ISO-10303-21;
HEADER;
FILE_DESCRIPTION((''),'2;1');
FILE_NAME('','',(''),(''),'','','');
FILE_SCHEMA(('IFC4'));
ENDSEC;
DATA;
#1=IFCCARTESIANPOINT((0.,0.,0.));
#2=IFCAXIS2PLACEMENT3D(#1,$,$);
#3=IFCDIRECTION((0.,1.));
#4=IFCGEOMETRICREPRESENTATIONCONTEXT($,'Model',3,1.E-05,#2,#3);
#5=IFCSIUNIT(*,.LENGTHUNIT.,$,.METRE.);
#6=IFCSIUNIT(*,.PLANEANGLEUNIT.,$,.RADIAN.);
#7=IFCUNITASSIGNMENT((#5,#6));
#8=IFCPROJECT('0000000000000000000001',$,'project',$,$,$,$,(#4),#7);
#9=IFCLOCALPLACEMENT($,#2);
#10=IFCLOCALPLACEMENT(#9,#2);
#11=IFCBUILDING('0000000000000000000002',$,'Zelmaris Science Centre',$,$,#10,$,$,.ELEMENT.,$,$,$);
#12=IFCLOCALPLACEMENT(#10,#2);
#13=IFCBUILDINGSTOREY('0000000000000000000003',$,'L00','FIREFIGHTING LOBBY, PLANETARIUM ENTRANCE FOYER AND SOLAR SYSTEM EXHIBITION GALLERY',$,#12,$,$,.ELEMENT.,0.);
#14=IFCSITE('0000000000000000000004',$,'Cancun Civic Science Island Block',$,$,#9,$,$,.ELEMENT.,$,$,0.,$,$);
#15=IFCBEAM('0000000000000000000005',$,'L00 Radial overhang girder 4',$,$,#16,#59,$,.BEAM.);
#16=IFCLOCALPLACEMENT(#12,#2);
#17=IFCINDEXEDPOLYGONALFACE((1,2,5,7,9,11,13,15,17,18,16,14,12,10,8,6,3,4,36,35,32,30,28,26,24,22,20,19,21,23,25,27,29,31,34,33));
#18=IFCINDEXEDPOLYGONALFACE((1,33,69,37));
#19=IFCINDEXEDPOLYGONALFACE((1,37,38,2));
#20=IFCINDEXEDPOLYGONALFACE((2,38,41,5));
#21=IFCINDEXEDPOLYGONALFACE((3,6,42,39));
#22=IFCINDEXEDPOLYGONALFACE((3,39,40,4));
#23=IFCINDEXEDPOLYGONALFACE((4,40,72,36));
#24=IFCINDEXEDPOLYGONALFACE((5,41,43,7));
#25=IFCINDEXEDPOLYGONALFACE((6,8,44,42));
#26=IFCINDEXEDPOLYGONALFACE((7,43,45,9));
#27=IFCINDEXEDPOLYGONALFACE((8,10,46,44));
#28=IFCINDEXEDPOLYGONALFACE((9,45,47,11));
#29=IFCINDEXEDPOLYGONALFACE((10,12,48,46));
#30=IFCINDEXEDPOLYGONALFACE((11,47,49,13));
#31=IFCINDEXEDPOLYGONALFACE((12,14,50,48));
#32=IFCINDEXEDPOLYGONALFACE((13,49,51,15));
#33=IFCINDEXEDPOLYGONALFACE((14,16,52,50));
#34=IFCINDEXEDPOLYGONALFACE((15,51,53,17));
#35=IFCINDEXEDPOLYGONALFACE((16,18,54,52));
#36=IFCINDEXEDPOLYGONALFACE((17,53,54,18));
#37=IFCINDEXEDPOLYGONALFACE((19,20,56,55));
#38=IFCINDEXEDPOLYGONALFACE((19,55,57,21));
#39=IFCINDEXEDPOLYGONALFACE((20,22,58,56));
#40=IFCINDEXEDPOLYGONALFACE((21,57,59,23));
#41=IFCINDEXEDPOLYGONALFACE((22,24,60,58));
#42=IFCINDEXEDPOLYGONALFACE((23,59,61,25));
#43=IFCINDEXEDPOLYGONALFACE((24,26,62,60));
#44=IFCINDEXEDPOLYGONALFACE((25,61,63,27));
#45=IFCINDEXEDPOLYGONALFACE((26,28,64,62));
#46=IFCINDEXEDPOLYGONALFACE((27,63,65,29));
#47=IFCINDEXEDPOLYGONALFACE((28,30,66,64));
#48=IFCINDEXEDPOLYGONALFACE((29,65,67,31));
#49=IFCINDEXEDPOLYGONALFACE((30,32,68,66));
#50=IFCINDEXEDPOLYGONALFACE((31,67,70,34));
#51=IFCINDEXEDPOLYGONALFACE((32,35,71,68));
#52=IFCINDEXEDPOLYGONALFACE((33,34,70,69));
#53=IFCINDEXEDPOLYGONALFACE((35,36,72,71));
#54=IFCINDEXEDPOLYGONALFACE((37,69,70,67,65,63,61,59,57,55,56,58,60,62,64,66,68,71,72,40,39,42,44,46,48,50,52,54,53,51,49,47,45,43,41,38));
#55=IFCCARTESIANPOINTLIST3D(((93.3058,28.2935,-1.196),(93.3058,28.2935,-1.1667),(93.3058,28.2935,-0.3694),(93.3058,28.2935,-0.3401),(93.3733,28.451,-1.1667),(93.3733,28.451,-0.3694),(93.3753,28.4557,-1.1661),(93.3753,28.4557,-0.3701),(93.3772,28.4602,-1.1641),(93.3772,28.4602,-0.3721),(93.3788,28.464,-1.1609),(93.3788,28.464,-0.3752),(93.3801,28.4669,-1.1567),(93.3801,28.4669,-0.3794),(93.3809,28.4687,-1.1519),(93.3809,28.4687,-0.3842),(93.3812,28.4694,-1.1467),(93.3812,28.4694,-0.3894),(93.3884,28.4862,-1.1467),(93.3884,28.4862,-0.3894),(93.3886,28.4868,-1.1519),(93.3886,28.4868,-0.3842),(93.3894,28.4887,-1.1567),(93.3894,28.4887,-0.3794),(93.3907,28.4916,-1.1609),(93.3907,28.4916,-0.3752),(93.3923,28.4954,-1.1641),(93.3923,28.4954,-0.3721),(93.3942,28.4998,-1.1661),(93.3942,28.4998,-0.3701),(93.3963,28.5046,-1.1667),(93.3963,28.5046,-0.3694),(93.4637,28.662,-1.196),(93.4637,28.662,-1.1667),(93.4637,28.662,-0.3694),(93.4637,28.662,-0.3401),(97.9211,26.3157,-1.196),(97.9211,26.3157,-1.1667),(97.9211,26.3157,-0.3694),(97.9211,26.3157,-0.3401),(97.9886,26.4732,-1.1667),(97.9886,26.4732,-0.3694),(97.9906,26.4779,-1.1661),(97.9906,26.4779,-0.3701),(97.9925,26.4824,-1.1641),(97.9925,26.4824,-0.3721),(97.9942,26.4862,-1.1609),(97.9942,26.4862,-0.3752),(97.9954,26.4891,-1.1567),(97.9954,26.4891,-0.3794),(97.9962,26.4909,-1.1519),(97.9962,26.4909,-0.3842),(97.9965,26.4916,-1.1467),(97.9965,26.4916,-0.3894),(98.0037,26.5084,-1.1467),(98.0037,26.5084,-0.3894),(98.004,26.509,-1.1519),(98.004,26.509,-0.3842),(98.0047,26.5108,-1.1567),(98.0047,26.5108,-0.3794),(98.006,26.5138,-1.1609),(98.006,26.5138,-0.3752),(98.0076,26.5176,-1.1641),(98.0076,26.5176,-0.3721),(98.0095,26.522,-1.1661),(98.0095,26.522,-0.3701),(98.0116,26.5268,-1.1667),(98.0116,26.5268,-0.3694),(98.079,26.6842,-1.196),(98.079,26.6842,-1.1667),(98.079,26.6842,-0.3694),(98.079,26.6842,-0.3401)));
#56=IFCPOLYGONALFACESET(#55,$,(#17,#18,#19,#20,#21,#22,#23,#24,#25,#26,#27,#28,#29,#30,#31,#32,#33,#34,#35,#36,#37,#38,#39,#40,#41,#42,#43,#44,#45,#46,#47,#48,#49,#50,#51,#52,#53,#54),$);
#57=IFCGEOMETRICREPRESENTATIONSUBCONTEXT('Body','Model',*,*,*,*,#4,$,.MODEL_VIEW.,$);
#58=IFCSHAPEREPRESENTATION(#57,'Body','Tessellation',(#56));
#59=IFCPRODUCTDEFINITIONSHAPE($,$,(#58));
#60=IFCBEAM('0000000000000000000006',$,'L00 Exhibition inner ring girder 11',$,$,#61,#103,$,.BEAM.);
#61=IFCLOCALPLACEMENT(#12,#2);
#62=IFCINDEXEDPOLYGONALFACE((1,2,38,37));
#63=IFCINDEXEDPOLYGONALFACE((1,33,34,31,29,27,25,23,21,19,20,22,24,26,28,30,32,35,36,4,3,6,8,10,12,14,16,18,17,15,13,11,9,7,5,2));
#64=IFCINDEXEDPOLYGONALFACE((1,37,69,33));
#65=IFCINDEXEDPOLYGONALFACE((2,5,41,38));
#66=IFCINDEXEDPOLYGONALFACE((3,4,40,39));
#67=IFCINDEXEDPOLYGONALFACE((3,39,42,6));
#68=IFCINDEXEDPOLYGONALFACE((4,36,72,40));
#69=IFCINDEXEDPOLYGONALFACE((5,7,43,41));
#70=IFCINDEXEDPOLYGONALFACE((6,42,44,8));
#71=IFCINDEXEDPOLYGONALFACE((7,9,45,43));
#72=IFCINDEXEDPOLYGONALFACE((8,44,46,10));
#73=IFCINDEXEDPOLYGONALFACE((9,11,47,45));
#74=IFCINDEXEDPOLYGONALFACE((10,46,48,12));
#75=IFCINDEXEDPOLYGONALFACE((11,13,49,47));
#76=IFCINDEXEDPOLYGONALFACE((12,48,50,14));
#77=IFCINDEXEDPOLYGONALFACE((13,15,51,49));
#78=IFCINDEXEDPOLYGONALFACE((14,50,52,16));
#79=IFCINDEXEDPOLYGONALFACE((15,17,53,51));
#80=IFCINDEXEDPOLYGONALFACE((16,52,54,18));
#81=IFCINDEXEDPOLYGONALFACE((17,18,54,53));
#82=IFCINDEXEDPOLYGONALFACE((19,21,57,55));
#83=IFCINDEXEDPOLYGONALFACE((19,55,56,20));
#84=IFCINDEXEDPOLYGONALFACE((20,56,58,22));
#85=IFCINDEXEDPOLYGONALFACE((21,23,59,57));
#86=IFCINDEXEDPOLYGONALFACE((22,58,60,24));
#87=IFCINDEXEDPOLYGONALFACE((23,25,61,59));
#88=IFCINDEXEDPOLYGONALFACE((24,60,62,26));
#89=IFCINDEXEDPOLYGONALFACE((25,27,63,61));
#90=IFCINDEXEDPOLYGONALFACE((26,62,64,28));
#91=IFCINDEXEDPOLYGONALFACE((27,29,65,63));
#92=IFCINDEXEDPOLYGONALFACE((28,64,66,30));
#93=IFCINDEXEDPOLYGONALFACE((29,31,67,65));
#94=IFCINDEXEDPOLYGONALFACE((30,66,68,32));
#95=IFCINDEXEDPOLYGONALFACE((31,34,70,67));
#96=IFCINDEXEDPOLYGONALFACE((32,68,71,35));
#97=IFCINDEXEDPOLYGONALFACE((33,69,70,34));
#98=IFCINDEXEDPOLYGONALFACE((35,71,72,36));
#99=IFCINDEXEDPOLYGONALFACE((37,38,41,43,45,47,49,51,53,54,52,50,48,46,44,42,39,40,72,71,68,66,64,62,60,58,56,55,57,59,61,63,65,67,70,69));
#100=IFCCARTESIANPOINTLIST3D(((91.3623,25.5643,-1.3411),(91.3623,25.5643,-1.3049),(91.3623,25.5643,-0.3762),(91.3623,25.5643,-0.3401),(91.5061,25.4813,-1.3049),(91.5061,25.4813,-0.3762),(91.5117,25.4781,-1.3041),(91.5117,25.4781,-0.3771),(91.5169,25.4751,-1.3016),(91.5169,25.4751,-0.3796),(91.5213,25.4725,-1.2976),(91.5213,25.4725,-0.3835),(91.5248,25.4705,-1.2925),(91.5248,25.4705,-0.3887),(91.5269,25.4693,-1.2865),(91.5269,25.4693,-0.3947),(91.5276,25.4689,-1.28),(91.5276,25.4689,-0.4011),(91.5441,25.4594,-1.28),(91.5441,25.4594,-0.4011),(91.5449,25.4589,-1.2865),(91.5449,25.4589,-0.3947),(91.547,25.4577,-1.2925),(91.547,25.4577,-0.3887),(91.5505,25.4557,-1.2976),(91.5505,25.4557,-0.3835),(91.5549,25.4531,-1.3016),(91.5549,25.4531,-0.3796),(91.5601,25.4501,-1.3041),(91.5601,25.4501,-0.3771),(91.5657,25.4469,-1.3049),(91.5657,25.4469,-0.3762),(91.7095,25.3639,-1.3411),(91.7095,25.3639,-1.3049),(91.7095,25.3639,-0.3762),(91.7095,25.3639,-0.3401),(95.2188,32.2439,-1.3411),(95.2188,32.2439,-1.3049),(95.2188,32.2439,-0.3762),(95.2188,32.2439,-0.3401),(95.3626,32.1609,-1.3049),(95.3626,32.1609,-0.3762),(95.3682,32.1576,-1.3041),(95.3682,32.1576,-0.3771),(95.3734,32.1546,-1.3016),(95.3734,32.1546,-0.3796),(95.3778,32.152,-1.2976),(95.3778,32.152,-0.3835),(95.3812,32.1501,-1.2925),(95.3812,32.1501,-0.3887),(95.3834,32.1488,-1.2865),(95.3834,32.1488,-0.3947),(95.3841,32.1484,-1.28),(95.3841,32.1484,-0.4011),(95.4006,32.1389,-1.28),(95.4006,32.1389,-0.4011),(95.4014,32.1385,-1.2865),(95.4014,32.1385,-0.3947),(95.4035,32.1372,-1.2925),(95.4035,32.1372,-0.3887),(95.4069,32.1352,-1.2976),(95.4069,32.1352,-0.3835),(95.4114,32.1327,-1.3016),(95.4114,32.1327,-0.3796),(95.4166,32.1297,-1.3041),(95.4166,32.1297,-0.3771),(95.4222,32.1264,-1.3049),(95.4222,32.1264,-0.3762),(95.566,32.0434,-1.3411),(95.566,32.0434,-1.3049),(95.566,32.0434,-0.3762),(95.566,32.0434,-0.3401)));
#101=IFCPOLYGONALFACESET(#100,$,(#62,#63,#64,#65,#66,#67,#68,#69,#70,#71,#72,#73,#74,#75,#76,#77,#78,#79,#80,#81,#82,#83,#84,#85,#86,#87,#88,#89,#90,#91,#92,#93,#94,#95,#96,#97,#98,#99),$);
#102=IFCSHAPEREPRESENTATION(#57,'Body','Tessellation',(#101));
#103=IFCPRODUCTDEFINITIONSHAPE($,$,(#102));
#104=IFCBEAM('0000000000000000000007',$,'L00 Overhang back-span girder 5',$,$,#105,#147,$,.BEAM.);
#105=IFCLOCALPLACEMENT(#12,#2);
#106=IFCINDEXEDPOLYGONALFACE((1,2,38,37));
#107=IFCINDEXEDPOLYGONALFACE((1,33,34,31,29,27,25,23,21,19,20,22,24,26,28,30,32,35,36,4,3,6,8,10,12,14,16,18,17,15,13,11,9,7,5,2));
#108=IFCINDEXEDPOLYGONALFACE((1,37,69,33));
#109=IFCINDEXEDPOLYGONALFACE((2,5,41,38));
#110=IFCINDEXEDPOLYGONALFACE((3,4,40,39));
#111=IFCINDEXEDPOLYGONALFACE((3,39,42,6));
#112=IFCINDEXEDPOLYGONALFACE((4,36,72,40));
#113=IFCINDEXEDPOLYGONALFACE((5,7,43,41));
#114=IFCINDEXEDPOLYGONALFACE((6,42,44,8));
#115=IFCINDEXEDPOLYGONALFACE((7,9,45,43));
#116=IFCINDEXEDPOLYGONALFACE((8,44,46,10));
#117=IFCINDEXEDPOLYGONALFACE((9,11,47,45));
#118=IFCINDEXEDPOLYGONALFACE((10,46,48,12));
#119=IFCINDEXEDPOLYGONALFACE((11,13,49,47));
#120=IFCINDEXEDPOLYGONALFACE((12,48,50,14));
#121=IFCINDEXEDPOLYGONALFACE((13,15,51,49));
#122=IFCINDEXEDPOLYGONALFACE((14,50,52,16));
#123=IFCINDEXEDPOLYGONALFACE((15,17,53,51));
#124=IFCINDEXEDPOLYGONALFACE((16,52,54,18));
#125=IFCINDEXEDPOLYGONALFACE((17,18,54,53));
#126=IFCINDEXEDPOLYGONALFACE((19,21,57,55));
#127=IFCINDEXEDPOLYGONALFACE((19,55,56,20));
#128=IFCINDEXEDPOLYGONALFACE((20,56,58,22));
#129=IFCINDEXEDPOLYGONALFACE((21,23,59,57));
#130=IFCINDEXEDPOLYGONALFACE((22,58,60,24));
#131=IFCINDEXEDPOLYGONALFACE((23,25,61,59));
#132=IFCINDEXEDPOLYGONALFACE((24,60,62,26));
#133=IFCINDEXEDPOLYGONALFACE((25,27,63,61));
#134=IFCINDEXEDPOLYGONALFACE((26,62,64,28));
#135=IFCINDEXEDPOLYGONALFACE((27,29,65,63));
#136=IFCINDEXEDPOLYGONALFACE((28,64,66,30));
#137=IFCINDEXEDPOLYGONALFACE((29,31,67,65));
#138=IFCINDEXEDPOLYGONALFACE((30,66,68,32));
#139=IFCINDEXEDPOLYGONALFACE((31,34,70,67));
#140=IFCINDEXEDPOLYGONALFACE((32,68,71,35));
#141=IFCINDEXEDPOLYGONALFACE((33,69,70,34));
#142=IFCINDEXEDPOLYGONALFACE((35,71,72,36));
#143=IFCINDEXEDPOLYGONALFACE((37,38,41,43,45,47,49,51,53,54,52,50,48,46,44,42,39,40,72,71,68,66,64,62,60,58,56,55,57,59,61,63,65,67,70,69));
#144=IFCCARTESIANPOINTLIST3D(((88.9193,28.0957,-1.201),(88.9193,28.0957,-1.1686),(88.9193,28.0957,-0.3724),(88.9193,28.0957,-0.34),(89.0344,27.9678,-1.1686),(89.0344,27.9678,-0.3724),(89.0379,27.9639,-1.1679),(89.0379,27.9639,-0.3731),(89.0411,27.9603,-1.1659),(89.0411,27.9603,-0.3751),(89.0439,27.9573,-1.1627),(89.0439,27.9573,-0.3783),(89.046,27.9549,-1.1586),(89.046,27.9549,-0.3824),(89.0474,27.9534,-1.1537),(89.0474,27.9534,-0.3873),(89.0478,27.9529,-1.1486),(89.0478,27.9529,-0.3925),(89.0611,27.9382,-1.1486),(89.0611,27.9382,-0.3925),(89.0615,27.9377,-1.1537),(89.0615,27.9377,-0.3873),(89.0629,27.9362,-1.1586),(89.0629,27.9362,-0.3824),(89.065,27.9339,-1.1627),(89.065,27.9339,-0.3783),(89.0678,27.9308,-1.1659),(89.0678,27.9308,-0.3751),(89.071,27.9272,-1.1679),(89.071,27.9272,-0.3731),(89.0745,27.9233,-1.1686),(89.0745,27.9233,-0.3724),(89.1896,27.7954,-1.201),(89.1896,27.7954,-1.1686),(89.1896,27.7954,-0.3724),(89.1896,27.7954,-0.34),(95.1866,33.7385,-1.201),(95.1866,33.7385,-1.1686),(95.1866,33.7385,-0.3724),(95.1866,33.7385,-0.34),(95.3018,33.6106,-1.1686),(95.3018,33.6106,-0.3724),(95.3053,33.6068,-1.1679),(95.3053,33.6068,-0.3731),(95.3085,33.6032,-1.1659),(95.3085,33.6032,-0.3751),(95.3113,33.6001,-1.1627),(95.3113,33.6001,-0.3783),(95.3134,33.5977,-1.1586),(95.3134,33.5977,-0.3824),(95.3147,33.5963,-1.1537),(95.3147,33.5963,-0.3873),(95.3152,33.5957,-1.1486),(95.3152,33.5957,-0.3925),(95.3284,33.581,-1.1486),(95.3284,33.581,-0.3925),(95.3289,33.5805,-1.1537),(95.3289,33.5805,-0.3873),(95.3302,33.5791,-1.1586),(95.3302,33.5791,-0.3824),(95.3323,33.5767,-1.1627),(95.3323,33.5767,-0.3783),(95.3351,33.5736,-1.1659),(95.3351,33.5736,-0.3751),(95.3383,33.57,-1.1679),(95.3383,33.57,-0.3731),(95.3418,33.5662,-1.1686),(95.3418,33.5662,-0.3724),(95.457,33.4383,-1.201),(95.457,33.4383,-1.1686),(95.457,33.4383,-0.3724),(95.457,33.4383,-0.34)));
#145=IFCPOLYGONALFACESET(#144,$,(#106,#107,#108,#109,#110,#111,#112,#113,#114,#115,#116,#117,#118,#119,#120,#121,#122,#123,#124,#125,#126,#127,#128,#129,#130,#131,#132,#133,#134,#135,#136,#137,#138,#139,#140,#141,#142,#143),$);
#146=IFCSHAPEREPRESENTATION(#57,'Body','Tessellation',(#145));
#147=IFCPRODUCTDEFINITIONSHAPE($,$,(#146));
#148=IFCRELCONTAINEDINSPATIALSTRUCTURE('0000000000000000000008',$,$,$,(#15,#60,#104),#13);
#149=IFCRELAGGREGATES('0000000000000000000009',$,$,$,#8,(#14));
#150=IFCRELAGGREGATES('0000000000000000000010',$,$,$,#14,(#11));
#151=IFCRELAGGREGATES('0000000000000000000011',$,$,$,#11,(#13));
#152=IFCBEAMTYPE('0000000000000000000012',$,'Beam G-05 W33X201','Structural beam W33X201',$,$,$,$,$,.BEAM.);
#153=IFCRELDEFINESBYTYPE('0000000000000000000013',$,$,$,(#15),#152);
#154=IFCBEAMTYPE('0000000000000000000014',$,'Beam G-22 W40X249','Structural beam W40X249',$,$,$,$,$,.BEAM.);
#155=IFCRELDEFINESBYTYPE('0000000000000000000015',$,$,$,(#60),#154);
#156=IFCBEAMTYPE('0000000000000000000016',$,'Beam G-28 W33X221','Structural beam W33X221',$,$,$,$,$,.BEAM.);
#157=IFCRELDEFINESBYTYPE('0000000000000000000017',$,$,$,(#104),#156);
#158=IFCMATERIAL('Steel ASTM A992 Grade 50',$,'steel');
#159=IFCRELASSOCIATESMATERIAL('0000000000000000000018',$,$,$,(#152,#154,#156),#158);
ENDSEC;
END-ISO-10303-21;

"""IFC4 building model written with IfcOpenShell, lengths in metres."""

from ifc_helpers import new_model, si_unit, direction, frame, origin, origin_2d, place, context, subcontext, project, spatial, i_section, extrude, material, material_profile, profile_set, type_object, element, save


model = new_model("IFC4")

# Units and contexts
model_context = context("Model", 3, precision=1e-05, world=origin(), true_north=direction((0.0, 1.0)))
body_context = subcontext(model_context, "Body", "Model", "MODEL_VIEW")
ifc_project = project(units=[si_unit("LENGTHUNIT", "METRE"), si_unit("PLANEANGLEUNIT", "RADIAN")], contexts=[model_context])

# Site, building, storey
site_placement = place(None, origin())
site = spatial("IfcSite", under=ifc_project, at=site_placement, Name="Cancun Civic Science Island Block", CompositionType="ELEMENT", RefElevation=0.0)
building_placement = place(site_placement, origin())
building = spatial("IfcBuilding", under=site, at=building_placement, Name="Zelmaris Science Centre", CompositionType="ELEMENT")
storey_placement = place(building_placement, origin())
storey = spatial("IfcBuildingStorey", under=building, at=storey_placement, Name="L00", Description="FIREFIGHTING LOBBY, PLANETARIUM ENTRANCE FOYER AND SOLAR SYSTEM EXHIBITION GALLERY", CompositionType="ELEMENT", Elevation=0.0)

# Shared definitions
ifc_material_1 = material(Name="Steel ASTM A992 Grade 50", Category="steel")

# Beams
ifc_material_profile_1 = material_profile(ifc_material_1, i_section(OverallWidth=0.4009, OverallDepth=0.856, WebThickness=0.0183, FlangeThickness=0.0293, FilletRadius=0.02, at=origin_2d()), Name="W33X201")
ifc_profile_set_1 = profile_set([ifc_material_profile_1], Name="Steel ASTM A992 Grade 50")
beam_type_1 = type_object("IfcBeamType", Name="Beam G-05 W33X201", Description="Structural beam W33X201", PredefinedType="BEAM", material=ifc_profile_set_1)
beam_1_placement = place(storey_placement, frame((93.3848, 28.4778, -0.7681), z_axis=(0.919158, -0.39389, 0.0), x_axis=(0.39389, 0.919158, 0.0)))
element("IfcBeam", 1, at=beam_1_placement, inside=storey, type_object=beam_type_1, Name="L00 Radial overhang girder 4", PredefinedType="BEAM", context=body_context, shape_type="SweptSolid", body=[
    extrude(i_section(OverallWidth=0.4009, OverallDepth=0.856, WebThickness=0.0183, FlangeThickness=0.0293, FilletRadius=0.02, at=origin_2d()), origin(), (0.0, 0.0, 1.0), 5.0212),
])
ifc_material_profile_2 = material_profile(ifc_material_1, i_section(OverallWidth=0.4009, OverallDepth=1.001, WebThickness=0.019, FlangeThickness=0.0361, FilletRadius=0.0249, at=origin_2d()), Name="W40X249")
ifc_profile_set_2 = profile_set([ifc_material_profile_2], Name="Steel ASTM A992 Grade 50")
beam_type_2 = type_object("IfcBeamType", Name="Beam G-22 W40X249", Description="Structural beam W40X249", PredefinedType="BEAM", material=ifc_profile_set_2)
beam_2_placement = place(storey_placement, frame((91.5359, 25.4641, -0.8406), z_axis=(0.500007, 0.866022, 0.0), x_axis=(-0.866022, 0.500007, 0.0)))
element("IfcBeam", 2, at=beam_2_placement, inside=storey, type_object=beam_type_2, Name="L00 Exhibition inner ring girder 11", PredefinedType="BEAM", context=body_context, shape_type="SweptSolid", body=[
    extrude(i_section(OverallWidth=0.4009, OverallDepth=1.001, WebThickness=0.019, FlangeThickness=0.0361, FilletRadius=0.0249, at=origin_2d()), origin(), (0.0, 0.0, 1.0), 7.7129),
])
ifc_material_profile_3 = material_profile(ifc_material_1, i_section(OverallWidth=0.4041, OverallDepth=0.8611, WebThickness=0.0198, FlangeThickness=0.0325, FilletRadius=0.02, at=origin_2d()), Name="W33X221")
ifc_profile_set_3 = profile_set([ifc_material_profile_3], Name="Steel ASTM A992 Grade 50")
beam_type_3 = type_object("IfcBeamType", Name="Beam G-28 W33X221", Description="Structural beam W33X221", PredefinedType="BEAM", material=ifc_profile_set_3)
beam_3_placement = place(storey_placement, frame((89.0544, 27.9456, -0.7705), z_axis=(0.743163, 0.66911, 0.0), x_axis=(-0.66911, 0.743163, 0.0)))
element("IfcBeam", 3, at=beam_3_placement, inside=storey, type_object=beam_type_3, Name="L00 Overhang back-span girder 5", PredefinedType="BEAM", context=body_context, shape_type="SweptSolid", body=[
    extrude(i_section(OverallWidth=0.4041, OverallDepth=0.8611, WebThickness=0.0198, FlangeThickness=0.0325, FilletRadius=0.02, at=origin_2d()), origin(), (0.0, 0.0, 1.0), 8.4333),
])

save(model, "model.ifc")
